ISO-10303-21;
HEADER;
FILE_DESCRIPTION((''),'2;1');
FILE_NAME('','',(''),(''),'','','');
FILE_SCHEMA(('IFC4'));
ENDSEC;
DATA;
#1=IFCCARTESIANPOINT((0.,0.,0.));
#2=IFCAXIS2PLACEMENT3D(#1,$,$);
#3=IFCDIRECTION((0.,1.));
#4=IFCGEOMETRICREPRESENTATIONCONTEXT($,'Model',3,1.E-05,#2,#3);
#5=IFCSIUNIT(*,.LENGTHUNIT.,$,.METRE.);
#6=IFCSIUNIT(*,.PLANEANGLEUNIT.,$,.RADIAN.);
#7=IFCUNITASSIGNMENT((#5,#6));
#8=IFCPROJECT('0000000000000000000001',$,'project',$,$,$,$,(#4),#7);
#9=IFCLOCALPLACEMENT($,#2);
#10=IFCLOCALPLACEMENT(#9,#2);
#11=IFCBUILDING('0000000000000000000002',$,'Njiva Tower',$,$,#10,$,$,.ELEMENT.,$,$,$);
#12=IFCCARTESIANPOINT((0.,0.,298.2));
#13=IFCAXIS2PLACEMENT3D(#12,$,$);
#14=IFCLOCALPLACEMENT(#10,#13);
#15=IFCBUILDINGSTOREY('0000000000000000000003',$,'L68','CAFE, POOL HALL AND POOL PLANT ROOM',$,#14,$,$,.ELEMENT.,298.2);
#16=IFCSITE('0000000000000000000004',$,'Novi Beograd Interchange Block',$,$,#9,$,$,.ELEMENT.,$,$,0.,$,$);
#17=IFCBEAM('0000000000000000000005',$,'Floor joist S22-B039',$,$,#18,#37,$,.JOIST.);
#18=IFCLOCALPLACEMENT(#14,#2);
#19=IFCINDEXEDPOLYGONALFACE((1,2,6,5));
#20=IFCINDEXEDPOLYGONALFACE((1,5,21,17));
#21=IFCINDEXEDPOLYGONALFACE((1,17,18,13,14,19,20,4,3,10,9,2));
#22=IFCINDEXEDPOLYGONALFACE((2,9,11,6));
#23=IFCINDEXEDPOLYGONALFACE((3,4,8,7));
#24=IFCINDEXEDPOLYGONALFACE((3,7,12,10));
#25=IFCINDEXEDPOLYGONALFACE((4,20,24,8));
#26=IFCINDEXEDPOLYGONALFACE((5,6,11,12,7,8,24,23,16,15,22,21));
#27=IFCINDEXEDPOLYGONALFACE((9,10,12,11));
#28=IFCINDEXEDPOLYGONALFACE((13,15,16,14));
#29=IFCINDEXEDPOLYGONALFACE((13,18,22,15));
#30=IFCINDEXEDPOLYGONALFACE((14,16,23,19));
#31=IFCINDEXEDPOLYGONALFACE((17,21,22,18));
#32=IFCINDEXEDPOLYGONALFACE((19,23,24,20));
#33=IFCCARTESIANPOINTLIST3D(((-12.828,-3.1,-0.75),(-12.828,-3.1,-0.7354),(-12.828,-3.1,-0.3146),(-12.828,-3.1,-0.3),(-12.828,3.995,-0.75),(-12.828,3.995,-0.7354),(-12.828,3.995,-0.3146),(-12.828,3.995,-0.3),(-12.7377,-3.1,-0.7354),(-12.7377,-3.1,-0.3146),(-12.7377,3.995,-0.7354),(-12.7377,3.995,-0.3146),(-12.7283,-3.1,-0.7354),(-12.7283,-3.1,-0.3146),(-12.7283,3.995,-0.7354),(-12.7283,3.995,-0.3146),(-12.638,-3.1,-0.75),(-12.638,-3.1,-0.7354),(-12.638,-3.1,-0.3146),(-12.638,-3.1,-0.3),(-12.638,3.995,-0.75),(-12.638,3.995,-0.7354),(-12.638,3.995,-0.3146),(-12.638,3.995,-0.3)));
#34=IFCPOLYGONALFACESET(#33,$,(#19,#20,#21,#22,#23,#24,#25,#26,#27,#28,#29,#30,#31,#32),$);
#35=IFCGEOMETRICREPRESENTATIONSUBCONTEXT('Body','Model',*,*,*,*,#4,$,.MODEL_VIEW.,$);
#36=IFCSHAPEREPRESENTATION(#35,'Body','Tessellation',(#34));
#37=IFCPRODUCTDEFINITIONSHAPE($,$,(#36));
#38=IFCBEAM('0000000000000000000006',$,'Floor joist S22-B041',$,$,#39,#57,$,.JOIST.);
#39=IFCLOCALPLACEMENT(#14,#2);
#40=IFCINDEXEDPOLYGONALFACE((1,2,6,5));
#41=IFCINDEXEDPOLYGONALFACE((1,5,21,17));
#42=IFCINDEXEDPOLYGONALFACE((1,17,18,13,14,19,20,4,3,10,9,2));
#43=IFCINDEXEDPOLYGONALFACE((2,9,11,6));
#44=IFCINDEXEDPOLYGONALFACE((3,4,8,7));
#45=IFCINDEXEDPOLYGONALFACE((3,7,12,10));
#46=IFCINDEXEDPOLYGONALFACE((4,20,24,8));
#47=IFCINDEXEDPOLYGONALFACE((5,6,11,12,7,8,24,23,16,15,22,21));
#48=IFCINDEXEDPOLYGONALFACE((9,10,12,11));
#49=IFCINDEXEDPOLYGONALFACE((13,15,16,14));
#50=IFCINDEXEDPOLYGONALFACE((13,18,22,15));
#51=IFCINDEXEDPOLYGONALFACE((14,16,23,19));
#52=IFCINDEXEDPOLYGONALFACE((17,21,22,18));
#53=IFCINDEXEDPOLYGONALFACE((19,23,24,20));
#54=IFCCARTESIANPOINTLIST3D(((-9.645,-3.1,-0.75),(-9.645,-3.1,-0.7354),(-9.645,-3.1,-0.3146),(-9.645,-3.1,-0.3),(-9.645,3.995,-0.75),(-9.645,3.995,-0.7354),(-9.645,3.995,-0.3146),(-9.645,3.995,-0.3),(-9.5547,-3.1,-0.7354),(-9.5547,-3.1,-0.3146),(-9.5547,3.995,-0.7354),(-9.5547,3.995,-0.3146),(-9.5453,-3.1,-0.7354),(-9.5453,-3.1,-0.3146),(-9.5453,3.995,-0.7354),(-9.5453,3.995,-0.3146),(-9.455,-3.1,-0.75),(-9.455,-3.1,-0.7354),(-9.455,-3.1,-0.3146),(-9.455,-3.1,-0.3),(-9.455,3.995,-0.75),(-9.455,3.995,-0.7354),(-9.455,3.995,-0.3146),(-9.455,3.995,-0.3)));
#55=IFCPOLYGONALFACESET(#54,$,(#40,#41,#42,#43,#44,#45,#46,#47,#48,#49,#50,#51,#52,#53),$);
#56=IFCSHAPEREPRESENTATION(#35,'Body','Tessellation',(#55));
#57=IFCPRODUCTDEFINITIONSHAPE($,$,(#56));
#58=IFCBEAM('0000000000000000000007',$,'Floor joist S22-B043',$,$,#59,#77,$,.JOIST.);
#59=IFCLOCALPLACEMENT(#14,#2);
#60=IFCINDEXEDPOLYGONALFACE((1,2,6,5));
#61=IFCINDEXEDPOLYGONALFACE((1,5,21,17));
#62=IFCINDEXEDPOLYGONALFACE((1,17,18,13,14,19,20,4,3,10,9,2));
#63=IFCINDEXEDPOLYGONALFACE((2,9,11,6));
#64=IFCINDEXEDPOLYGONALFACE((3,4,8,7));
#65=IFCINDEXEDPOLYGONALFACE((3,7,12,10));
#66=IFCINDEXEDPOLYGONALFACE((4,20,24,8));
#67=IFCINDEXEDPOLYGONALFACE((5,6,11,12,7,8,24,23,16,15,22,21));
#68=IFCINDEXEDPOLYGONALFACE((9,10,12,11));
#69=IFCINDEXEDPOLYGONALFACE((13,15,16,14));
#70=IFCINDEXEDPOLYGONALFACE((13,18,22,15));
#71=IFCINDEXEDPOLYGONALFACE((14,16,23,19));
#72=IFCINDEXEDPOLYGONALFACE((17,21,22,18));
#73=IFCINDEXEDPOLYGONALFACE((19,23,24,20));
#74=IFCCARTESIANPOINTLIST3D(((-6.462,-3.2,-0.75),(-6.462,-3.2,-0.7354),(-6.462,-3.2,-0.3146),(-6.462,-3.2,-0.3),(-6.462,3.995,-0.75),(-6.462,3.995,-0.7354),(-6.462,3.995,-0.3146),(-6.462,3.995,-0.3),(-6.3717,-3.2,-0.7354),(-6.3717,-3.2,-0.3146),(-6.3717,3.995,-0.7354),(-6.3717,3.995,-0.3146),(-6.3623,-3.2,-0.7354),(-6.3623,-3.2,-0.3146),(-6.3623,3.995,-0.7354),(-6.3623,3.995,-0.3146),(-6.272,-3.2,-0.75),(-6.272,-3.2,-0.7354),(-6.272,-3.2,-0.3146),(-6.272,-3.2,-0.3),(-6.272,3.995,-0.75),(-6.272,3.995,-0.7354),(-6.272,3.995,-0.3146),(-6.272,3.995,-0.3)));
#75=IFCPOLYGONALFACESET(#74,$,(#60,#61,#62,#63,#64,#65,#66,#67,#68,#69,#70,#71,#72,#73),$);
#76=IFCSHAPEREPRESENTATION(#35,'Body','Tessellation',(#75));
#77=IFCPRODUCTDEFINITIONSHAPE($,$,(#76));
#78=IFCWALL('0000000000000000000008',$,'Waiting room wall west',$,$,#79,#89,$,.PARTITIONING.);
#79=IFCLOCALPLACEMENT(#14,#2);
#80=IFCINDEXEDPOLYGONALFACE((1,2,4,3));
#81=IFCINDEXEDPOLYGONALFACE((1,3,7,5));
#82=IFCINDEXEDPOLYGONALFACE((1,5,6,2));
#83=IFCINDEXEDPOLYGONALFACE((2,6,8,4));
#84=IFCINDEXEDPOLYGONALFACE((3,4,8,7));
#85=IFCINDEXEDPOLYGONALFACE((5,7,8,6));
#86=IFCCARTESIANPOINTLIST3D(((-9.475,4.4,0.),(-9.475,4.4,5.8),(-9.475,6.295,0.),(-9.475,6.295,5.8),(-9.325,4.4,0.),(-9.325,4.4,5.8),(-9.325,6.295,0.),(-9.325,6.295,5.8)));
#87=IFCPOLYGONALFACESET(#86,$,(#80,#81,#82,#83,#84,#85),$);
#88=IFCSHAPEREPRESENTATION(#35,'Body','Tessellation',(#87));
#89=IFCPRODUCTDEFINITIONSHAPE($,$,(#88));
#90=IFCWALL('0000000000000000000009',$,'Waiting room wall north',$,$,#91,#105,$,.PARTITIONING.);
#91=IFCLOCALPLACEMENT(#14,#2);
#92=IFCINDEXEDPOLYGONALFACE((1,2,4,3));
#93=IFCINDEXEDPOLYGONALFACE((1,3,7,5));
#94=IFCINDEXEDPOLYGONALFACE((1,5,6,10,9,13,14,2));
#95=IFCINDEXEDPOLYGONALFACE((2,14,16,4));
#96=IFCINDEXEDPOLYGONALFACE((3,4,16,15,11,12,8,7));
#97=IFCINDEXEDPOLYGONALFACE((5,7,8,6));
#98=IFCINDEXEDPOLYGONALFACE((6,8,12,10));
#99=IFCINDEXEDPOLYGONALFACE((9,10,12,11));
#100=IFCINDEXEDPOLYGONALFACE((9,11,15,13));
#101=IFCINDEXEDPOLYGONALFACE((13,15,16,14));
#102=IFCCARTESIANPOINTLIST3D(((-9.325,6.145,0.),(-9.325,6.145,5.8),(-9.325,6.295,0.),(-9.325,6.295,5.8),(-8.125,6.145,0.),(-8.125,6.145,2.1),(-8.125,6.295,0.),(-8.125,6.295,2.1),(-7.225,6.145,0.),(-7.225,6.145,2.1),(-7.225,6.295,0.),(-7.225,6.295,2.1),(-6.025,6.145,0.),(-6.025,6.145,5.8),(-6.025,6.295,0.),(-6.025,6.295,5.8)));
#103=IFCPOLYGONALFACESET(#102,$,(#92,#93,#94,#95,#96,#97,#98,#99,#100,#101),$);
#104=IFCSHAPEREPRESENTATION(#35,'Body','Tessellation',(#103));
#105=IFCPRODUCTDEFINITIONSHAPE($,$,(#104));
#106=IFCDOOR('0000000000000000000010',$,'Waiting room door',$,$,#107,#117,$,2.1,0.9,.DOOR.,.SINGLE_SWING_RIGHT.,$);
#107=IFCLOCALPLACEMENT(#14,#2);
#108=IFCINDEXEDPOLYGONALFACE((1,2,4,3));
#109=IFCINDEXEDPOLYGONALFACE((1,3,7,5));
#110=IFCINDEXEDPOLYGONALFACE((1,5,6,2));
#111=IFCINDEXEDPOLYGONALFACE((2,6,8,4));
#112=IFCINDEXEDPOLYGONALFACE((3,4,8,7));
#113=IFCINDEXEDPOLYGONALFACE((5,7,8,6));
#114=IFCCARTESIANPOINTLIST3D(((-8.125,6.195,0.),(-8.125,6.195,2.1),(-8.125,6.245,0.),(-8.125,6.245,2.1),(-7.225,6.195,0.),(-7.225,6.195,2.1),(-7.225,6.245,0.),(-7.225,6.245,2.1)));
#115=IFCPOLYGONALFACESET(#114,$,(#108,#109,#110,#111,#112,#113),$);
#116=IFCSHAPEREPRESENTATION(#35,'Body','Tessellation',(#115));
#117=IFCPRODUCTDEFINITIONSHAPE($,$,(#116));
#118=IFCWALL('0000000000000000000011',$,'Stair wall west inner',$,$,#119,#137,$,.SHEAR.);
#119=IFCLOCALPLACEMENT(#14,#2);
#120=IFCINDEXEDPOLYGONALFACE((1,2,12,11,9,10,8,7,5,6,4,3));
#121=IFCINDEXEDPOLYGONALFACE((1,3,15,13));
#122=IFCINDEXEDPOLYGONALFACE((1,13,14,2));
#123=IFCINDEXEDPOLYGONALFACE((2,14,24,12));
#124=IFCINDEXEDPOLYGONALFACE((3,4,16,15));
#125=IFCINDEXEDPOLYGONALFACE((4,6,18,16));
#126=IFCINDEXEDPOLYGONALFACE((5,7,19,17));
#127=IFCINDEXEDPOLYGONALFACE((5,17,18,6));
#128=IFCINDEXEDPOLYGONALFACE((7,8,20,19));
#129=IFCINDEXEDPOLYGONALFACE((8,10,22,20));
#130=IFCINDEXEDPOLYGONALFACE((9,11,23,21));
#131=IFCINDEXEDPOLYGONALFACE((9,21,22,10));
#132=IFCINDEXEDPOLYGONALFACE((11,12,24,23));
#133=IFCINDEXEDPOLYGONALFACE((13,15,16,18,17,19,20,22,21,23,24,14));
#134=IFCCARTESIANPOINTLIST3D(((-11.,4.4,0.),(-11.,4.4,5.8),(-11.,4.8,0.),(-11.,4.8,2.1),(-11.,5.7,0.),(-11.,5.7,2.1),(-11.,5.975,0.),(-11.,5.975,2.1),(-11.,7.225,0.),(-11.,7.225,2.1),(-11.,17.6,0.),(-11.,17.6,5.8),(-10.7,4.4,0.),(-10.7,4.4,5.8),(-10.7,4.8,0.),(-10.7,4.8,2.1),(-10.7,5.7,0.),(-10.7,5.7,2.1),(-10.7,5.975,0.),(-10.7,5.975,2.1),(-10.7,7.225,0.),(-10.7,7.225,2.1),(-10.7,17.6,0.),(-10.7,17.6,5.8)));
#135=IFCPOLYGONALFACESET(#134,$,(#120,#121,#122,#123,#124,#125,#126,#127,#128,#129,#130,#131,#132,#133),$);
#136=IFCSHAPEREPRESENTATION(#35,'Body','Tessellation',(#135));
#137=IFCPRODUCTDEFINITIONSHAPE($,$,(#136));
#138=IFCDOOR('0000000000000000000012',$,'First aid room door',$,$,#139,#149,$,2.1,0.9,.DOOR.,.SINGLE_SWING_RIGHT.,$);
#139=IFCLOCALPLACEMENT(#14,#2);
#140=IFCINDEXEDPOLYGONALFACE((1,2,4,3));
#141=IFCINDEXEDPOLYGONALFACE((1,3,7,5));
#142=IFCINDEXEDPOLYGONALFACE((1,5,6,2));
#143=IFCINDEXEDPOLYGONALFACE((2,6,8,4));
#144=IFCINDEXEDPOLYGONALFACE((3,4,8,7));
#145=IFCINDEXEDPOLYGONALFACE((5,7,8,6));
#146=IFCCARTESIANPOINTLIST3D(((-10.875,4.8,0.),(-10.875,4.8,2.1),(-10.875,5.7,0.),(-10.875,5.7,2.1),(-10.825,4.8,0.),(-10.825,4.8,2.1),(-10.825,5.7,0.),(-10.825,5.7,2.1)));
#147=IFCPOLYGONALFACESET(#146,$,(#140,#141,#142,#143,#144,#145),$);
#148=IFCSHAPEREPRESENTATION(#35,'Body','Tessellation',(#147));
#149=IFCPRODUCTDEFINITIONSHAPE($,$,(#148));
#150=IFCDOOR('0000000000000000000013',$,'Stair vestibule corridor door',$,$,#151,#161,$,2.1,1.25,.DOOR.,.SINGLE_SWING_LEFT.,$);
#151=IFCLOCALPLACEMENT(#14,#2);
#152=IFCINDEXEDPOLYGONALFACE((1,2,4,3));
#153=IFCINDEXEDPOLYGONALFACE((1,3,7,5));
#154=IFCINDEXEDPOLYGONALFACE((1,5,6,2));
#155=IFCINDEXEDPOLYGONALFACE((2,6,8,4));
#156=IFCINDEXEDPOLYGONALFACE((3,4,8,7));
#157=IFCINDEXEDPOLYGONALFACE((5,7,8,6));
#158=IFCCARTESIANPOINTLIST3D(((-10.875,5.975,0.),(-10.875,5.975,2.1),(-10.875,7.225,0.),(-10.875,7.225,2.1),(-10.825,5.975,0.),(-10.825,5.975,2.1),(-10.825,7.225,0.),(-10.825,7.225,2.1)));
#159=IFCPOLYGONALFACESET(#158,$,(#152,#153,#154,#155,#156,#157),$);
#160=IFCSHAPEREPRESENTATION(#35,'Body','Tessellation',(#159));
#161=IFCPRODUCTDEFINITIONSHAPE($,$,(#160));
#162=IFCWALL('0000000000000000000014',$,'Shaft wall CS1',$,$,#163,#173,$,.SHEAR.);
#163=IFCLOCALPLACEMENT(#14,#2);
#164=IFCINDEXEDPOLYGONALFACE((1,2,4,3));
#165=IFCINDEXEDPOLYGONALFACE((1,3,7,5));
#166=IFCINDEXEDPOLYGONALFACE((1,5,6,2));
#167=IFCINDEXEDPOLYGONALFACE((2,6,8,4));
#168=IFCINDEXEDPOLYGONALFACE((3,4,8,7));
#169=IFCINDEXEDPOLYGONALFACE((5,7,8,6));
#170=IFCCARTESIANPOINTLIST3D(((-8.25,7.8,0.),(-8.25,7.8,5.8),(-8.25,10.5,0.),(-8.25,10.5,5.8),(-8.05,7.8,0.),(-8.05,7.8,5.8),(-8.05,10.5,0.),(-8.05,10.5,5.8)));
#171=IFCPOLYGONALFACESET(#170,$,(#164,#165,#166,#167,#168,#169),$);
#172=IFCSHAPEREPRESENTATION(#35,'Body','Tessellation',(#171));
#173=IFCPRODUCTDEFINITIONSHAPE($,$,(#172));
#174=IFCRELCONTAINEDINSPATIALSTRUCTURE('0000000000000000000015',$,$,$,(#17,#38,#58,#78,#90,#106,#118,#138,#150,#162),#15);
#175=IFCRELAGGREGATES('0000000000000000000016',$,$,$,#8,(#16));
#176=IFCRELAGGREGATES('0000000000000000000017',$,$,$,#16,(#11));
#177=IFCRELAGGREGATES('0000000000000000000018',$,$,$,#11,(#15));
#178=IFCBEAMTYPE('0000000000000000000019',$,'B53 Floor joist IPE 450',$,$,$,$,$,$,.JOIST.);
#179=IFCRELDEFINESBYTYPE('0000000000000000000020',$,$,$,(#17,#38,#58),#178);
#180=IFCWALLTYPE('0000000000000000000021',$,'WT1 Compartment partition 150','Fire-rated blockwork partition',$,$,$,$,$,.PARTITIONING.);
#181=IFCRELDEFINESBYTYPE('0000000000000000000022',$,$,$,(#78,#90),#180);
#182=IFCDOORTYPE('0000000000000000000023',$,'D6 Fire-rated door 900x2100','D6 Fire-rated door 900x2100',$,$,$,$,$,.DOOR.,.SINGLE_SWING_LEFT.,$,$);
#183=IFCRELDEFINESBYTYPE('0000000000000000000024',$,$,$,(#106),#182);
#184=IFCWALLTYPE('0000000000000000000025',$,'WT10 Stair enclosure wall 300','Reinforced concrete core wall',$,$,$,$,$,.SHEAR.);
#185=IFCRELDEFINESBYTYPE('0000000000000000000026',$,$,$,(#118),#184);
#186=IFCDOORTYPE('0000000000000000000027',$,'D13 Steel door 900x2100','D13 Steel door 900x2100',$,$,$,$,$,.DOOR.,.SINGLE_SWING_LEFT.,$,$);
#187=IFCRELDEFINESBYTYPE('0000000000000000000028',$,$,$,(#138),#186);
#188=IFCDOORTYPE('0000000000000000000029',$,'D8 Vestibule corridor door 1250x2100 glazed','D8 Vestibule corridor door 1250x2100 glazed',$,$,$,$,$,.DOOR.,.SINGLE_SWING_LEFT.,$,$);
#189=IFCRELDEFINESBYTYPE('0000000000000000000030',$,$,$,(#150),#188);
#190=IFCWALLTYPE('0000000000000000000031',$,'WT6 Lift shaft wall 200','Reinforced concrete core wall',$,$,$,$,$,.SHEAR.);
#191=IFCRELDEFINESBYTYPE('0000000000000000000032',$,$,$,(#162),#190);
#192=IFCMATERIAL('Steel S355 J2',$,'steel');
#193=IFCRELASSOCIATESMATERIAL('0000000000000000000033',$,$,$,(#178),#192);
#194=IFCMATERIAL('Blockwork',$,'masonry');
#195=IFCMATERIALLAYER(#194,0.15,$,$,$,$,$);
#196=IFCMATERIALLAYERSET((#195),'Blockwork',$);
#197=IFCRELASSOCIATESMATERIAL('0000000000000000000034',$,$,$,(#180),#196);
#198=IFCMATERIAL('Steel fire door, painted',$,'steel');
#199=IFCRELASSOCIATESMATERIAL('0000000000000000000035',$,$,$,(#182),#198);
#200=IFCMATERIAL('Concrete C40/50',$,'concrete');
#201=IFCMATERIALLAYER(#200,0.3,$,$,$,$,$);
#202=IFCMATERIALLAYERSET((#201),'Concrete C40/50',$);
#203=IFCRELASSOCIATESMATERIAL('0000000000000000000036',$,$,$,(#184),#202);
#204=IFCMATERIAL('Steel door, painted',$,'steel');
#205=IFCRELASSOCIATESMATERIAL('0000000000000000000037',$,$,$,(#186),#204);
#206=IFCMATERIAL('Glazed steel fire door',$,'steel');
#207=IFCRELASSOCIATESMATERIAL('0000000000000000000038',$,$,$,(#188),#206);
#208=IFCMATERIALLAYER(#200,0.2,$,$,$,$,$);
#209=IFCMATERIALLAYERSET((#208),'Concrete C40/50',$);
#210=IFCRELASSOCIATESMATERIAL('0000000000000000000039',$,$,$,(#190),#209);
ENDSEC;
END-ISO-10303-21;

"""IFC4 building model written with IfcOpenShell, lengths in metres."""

from ifc_helpers import new_model, si_unit, direction, frame, frame_2d, origin, origin_2d, place, context, subcontext, project, spatial, rectangle, i_section, extrude, material, layer, layer_set, material_profile, profile_set, type_object, element, fill, save


model = new_model("IFC4")

# Units and contexts
model_context = context("Model", 3, precision=1e-05, world=origin(), true_north=direction((0.0, 1.0)))
body_context = subcontext(model_context, "Body", "Model", "MODEL_VIEW")
ifc_project = project(units=[si_unit("LENGTHUNIT", "METRE"), si_unit("PLANEANGLEUNIT", "RADIAN")], contexts=[model_context])

# Site, building, storey
site_placement = place(None, origin())
site = spatial("IfcSite", under=ifc_project, at=site_placement, Name="Novi Beograd Interchange Block", CompositionType="ELEMENT", RefElevation=0.0)
building_placement = place(site_placement, origin())
building = spatial("IfcBuilding", under=site, at=building_placement, Name="Njiva Tower", CompositionType="ELEMENT")
storey_placement = place(building_placement, frame((0.0, 0.0, 298.2)))
storey = spatial("IfcBuildingStorey", under=building, at=storey_placement, Name="L68", Description="CAFE, POOL HALL AND POOL PLANT ROOM", CompositionType="ELEMENT", Elevation=298.2)

# Beams
ifc_material_1 = material(Name="Steel S355 J2", Category="steel")
ifc_material_profile = material_profile(ifc_material_1, i_section(OverallWidth=0.19, OverallDepth=0.45, WebThickness=0.0094, FlangeThickness=0.0146, at=origin_2d()), Name="IPE 450")
ifc_profile_set = profile_set([ifc_material_profile], Name="Steel S355 J2")
beam_type = type_object("IfcBeamType", Name="B53 Floor joist IPE 450", PredefinedType="JOIST", material=ifc_profile_set)
for number, where, z_axis, x_axis, name in (
    (1, (-12.733, 3.995, -0.525), (0.0, -1.0, 0.0), (1.0, 0.0, 0.0), "Floor joist S22-B039"),
    (2, (-9.55, 3.995, -0.525), (0.0, -1.0, 0.0), (1.0, 0.0, 0.0), "Floor joist S22-B041"),
):
    element("IfcBeam", number, at=place(storey_placement, frame(where, z_axis=z_axis, x_axis=x_axis)), inside=storey, type_object=beam_type, Name=name, PredefinedType="JOIST", context=body_context, shape_type="SweptSolid", body=[
        extrude(i_section(OverallWidth=0.19, OverallDepth=0.45, WebThickness=0.0094, FlangeThickness=0.0146, at=origin_2d()), origin(), (0.0, 0.0, 1.0), 7.095),
    ])
beam_placement = place(storey_placement, frame((-6.367, 3.995, -0.525), z_axis=(0.0, -1.0, 0.0), x_axis=(1.0, 0.0, 0.0)))
element("IfcBeam", 3, at=beam_placement, inside=storey, type_object=beam_type, Name="Floor joist S22-B043", PredefinedType="JOIST", context=body_context, shape_type="SweptSolid", body=[
    extrude(i_section(OverallWidth=0.19, OverallDepth=0.45, WebThickness=0.0094, FlangeThickness=0.0146, at=origin_2d()), origin(), (0.0, 0.0, 1.0), 7.195),
])

# Wall
ifc_material_2 = material(Name="Blockwork", Category="masonry")
ifc_layer_1 = layer(ifc_material_2, 0.15)
ifc_layer_set_1 = layer_set([ifc_layer_1], Name="Blockwork")
wall_type_1 = type_object("IfcWallType", Name="WT1 Compartment partition 150", Description="Fire-rated blockwork partition", PredefinedType="PARTITIONING", material=ifc_layer_set_1)
wall_1_placement = place(storey_placement, frame((-9.4, 4.4, 0.0), z_axis=(0.0, 0.0, 1.0), x_axis=(0.0, 1.0, 0.0)))
element("IfcWall", 4, at=wall_1_placement, inside=storey, type_object=wall_type_1, Name="Waiting room wall west", PredefinedType="PARTITIONING", context=body_context, shape_type="SweptSolid", body=[
    extrude(rectangle(XDim=1.895, YDim=0.15, at=frame_2d((0.9475, 0.0))), origin(), (0.0, 0.0, 1.0), 5.8),
])

# Wall, opening, door
wall_2_placement = place(storey_placement, frame((-9.325, 6.22, 0.0), z_axis=(0.0, 0.0, 1.0), x_axis=(1.0, 0.0, 0.0)))
wall_2 = element("IfcWall", 5, at=wall_2_placement, inside=storey, type_object=wall_type_1, Name="Waiting room wall north", PredefinedType="PARTITIONING", context=body_context, shape_type="SweptSolid", body=[
    extrude(rectangle(XDim=3.3, YDim=0.15, at=frame_2d((1.65, 0.0))), origin(), (0.0, 0.0, 1.0), 5.8),
])
opening_1_placement = place(wall_2_placement, frame((1.2, 0.0, 0.0)))
opening_1 = element("IfcOpeningElement", 6, at=opening_1_placement, cuts=wall_2, PredefinedType="OPENING", context=body_context, shape_type="SweptSolid", body=[
    extrude(rectangle(XDim=0.9, YDim=2.1, at=frame_2d((0.45, 1.05))), frame((0.0, 0.085, 0.0), z_axis=(0.0, -1.0, 0.0), x_axis=(1.0, 0.0, 0.0)), (0.0, 0.0, 1.0), 0.17),
])
ifc_material_3 = material(Name="Steel fire door, painted", Category="steel")
door_type_1 = type_object("IfcDoorType", Name="D6 Fire-rated door 900x2100", Description="D6 Fire-rated door 900x2100", OperationType="SINGLE_SWING_LEFT", PredefinedType="DOOR", material=ifc_material_3)
door_1_placement = place(opening_1_placement, origin())
door_1 = element("IfcDoor", 7, at=door_1_placement, inside=storey, type_object=door_type_1, Name="Waiting room door", OperationType="SINGLE_SWING_RIGHT", OverallHeight=2.1, OverallWidth=0.9, PredefinedType="DOOR", context=body_context, shape_type="SweptSolid", body=[
    extrude(rectangle(XDim=0.9, YDim=2.1, at=frame_2d((0.45, 1.05))), frame((0.0, 0.025, 0.0), z_axis=(0.0, -1.0, 0.0), x_axis=(1.0, 0.0, 0.0)), (0.0, 0.0, 1.0), 0.05),
])
fill(opening_1, door_1)

# Wall, openings, doors
ifc_material_4 = material(Name="Concrete C40/50", Category="concrete")
ifc_layer_2 = layer(ifc_material_4, 0.3)
ifc_layer_set_2 = layer_set([ifc_layer_2], Name="Concrete C40/50")
wall_type_2 = type_object("IfcWallType", Name="WT10 Stair enclosure wall 300", Description="Reinforced concrete core wall", PredefinedType="SHEAR", material=ifc_layer_set_2)
wall_3_placement = place(storey_placement, frame((-10.85, 4.4, 0.0), z_axis=(0.0, 0.0, 1.0), x_axis=(0.0, 1.0, 0.0)))
wall_3 = element("IfcWall", 8, at=wall_3_placement, inside=storey, type_object=wall_type_2, Name="Stair wall west inner", PredefinedType="SHEAR", context=body_context, shape_type="SweptSolid", body=[
    extrude(rectangle(XDim=13.2, YDim=0.3, at=frame_2d((6.6, 0.0))), origin(), (0.0, 0.0, 1.0), 5.8),
])
opening_2_placement = place(wall_3_placement, frame((1.575, 0.0, 0.0)))
opening_2 = element("IfcOpeningElement", 9, at=opening_2_placement, cuts=wall_3, PredefinedType="OPENING", context=body_context, shape_type="SweptSolid", body=[
    extrude(rectangle(XDim=1.25, YDim=2.1, at=frame_2d((0.625, 1.05))), frame((0.0, 0.16, 0.0), z_axis=(0.0, -1.0, 0.0), x_axis=(1.0, 0.0, 0.0)), (0.0, 0.0, 1.0), 0.32),
])
opening_3_placement = place(wall_3_placement, frame((0.4, 0.0, 0.0)))
opening_3 = element("IfcOpeningElement", 10, at=opening_3_placement, cuts=wall_3, PredefinedType="OPENING", context=body_context, shape_type="SweptSolid", body=[
    extrude(rectangle(XDim=0.9, YDim=2.1, at=frame_2d((0.45, 1.05))), frame((0.0, 0.16, 0.0), z_axis=(0.0, -1.0, 0.0), x_axis=(1.0, 0.0, 0.0)), (0.0, 0.0, 1.0), 0.32),
])
ifc_material_5 = material(Name="Steel door, painted", Category="steel")
door_type_2 = type_object("IfcDoorType", Name="D13 Steel door 900x2100", Description="D13 Steel door 900x2100", OperationType="SINGLE_SWING_LEFT", PredefinedType="DOOR", material=ifc_material_5)
door_2_placement = place(opening_3_placement, origin())
door_2 = element("IfcDoor", 11, at=door_2_placement, inside=storey, type_object=door_type_2, Name="First aid room door", OperationType="SINGLE_SWING_RIGHT", OverallHeight=2.1, OverallWidth=0.9, PredefinedType="DOOR", context=body_context, shape_type="SweptSolid", body=[
    extrude(rectangle(XDim=0.9, YDim=2.1, at=frame_2d((0.45, 1.05))), frame((0.0, 0.025, 0.0), z_axis=(0.0, -1.0, 0.0), x_axis=(1.0, 0.0, 0.0)), (0.0, 0.0, 1.0), 0.05),
])
fill(opening_3, door_2)
ifc_material_6 = material(Name="Glazed steel fire door", Category="steel")
door_type_3 = type_object("IfcDoorType", Name="D8 Vestibule corridor door 1250x2100 glazed", Description="D8 Vestibule corridor door 1250x2100 glazed", OperationType="SINGLE_SWING_LEFT", PredefinedType="DOOR", material=ifc_material_6)
door_3_placement = place(opening_2_placement, origin())
door_3 = element("IfcDoor", 12, at=door_3_placement, inside=storey, type_object=door_type_3, Name="Stair vestibule corridor door", OperationType="SINGLE_SWING_LEFT", OverallHeight=2.1, OverallWidth=1.25, PredefinedType="DOOR", context=body_context, shape_type="SweptSolid", body=[
    extrude(rectangle(XDim=1.25, YDim=2.1, at=frame_2d((0.625, 1.05))), frame((0.0, 0.025, 0.0), z_axis=(0.0, -1.0, 0.0), x_axis=(1.0, 0.0, 0.0)), (0.0, 0.0, 1.0), 0.05),
])
fill(opening_2, door_3)

# Wall
ifc_layer_3 = layer(ifc_material_4, 0.2)
ifc_layer_set_3 = layer_set([ifc_layer_3], Name="Concrete C40/50")
wall_type_3 = type_object("IfcWallType", Name="WT6 Lift shaft wall 200", Description="Reinforced concrete core wall", PredefinedType="SHEAR", material=ifc_layer_set_3)
wall_4_placement = place(storey_placement, frame((-8.15, 7.8, 0.0), z_axis=(0.0, 0.0, 1.0), x_axis=(0.0, 1.0, 0.0)))
element("IfcWall", 13, at=wall_4_placement, inside=storey, type_object=wall_type_3, Name="Shaft wall CS1", PredefinedType="SHEAR", context=body_context, shape_type="SweptSolid", body=[
    extrude(rectangle(XDim=2.7, YDim=0.2, at=frame_2d((1.35, 0.0))), origin(), (0.0, 0.0, 1.0), 5.8),
])

save(model, "model.ifc")
